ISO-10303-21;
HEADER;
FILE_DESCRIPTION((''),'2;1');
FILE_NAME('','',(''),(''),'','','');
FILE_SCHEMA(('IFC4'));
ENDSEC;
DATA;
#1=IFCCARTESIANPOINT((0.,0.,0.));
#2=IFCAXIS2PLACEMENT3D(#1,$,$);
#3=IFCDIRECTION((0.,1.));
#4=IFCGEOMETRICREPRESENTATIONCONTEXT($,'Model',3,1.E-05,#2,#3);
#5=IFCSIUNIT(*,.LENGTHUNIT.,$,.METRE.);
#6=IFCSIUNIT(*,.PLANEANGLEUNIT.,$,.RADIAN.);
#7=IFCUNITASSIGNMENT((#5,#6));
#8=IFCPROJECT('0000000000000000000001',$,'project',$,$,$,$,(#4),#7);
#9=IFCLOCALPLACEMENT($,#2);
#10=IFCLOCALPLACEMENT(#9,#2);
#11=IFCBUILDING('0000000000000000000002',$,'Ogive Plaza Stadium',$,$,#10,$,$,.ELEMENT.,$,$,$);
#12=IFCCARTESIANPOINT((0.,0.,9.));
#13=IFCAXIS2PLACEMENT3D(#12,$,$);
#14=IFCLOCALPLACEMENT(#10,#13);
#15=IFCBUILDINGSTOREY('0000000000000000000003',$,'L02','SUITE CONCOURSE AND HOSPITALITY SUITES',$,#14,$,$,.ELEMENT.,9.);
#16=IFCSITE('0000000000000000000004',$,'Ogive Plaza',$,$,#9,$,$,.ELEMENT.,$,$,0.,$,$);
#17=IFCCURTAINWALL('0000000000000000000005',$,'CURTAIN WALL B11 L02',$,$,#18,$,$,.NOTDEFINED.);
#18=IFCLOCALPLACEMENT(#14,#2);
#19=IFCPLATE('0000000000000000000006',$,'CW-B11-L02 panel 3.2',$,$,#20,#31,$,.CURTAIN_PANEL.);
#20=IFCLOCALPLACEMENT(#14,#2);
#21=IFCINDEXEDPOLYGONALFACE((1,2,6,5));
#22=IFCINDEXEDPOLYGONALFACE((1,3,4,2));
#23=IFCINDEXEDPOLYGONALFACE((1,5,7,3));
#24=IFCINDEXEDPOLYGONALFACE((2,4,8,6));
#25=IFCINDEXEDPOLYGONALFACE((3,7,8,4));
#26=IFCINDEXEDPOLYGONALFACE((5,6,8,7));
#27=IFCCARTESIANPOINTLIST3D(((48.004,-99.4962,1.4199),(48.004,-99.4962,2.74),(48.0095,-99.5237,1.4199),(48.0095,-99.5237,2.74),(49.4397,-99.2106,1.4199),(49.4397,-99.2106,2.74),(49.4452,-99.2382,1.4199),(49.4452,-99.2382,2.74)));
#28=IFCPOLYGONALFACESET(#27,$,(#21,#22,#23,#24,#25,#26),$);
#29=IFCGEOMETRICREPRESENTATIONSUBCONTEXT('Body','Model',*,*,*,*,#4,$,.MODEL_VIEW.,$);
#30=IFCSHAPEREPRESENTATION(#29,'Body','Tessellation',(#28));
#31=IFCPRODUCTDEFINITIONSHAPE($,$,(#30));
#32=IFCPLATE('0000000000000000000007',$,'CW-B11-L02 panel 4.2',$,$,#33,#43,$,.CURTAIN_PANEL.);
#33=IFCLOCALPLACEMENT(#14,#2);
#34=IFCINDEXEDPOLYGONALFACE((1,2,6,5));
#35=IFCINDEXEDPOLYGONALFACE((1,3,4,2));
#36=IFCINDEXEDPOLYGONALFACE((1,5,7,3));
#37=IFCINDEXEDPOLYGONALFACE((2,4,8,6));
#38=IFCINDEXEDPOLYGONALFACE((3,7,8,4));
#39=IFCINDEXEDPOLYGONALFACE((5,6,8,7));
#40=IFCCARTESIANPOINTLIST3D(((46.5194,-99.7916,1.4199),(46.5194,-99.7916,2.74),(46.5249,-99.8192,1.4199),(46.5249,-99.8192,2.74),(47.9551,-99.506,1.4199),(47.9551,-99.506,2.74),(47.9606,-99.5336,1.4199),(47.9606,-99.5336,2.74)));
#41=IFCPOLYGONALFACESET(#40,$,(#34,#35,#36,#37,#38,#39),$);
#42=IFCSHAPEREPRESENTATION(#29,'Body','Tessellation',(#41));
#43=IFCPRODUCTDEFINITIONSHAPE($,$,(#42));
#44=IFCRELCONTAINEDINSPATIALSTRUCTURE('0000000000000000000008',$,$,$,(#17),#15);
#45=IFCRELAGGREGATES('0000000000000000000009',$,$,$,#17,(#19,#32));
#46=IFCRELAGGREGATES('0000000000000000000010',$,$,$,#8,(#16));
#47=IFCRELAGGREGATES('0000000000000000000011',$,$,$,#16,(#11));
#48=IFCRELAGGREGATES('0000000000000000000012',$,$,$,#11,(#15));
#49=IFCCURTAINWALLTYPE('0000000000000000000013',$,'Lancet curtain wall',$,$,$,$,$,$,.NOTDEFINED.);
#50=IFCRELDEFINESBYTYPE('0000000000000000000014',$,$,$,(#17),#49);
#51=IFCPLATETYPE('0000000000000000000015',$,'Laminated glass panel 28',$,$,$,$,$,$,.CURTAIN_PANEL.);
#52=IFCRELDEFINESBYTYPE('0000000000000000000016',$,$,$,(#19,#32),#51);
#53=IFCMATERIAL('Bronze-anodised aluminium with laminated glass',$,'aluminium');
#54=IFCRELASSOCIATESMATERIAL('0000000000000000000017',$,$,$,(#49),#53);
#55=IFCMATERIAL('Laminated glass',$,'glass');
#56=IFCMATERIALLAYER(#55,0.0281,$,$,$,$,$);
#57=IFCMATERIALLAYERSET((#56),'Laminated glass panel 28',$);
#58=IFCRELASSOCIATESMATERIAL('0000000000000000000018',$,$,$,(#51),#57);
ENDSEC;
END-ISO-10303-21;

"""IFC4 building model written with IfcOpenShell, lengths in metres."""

from ifc_helpers import new_model, si_unit, direction, frame, origin, origin_2d, place, context, subcontext, project, spatial, rectangle, extrude, material, layer, layer_set, type_object, element, aggregate, save


model = new_model("IFC4")

# Units and contexts
model_context = context("Model", 3, precision=1e-05, world=origin(), true_north=direction((0.0, 1.0)))
body_context = subcontext(model_context, "Body", "Model", "MODEL_VIEW")
ifc_project = project(units=[si_unit("LENGTHUNIT", "METRE"), si_unit("PLANEANGLEUNIT", "RADIAN")], contexts=[model_context])

# Site, building, storey
site_placement = place(None, origin())
site = spatial("IfcSite", under=ifc_project, at=site_placement, Name="Ogive Plaza", CompositionType="ELEMENT", RefElevation=0.0)
building_placement = place(site_placement, origin())
building = spatial("IfcBuilding", under=site, at=building_placement, Name="Ogive Plaza Stadium", CompositionType="ELEMENT")
storey_placement = place(building_placement, frame((0.0, 0.0, 9.0)))
storey = spatial("IfcBuildingStorey", under=building, at=storey_placement, Name="L02", Description="SUITE CONCOURSE AND HOSPITALITY SUITES", CompositionType="ELEMENT", Elevation=9.0)

# Shared definitions
ifc_material_1 = material(Name="Bronze-anodised aluminium with laminated glass", Category="aluminium")
curtain_wall_type = type_object("IfcCurtainWallType", Name="Lancet curtain wall", PredefinedType="NOTDEFINED", material=ifc_material_1)

# Curtain wall
curtain_wall_1_placement = place(storey_placement, origin())
curtain_wall_1 = element("IfcCurtainWall", 1, at=curtain_wall_1_placement, inside=storey, type_object=curtain_wall_type, Name="CURTAIN WALL B11 L02", PredefinedType="NOTDEFINED")

# Plates
ifc_material_2 = material(Name="Laminated glass", Category="glass")
ifc_layer = layer(ifc_material_2, 0.0281)
ifc_layer_set = layer_set([ifc_layer], Name="Laminated glass panel 28")
plate_type = type_object("IfcPlateType", Name="Laminated glass panel 28", PredefinedType="CURTAIN_PANEL", material=ifc_layer_set)
plate_1_placement = place(storey_placement, frame((48.7246, -99.3672, 1.4199), z_axis=(0.0, 0.0, 1.0), x_axis=(-0.980785, -0.19509, 0.0)))
plate_1 = element("IfcPlate", 2, at=plate_1_placement, type_object=plate_type, Name="CW-B11-L02 panel 3.2", PredefinedType="CURTAIN_PANEL", context=body_context, shape_type="SweptSolid", body=[
    extrude(rectangle(XDim=1.4639, YDim=0.0281, at=origin_2d()), origin(), (0.0, 0.0, 1.0), 1.3201),
])
plate_2_placement = place(storey_placement, frame((47.24, -99.6626, 1.4199), z_axis=(0.0, 0.0, 1.0), x_axis=(-0.980785, -0.19509, 0.0)))
plate_2 = element("IfcPlate", 3, at=plate_2_placement, type_object=plate_type, Name="CW-B11-L02 panel 4.2", PredefinedType="CURTAIN_PANEL", context=body_context, shape_type="SweptSolid", body=[
    extrude(rectangle(XDim=1.4639, YDim=0.0281, at=origin_2d()), origin(), (0.0, 0.0, 1.0), 1.3201),
])
aggregate(curtain_wall_1, [plate_1, plate_2])

save(model, "model.ifc")
